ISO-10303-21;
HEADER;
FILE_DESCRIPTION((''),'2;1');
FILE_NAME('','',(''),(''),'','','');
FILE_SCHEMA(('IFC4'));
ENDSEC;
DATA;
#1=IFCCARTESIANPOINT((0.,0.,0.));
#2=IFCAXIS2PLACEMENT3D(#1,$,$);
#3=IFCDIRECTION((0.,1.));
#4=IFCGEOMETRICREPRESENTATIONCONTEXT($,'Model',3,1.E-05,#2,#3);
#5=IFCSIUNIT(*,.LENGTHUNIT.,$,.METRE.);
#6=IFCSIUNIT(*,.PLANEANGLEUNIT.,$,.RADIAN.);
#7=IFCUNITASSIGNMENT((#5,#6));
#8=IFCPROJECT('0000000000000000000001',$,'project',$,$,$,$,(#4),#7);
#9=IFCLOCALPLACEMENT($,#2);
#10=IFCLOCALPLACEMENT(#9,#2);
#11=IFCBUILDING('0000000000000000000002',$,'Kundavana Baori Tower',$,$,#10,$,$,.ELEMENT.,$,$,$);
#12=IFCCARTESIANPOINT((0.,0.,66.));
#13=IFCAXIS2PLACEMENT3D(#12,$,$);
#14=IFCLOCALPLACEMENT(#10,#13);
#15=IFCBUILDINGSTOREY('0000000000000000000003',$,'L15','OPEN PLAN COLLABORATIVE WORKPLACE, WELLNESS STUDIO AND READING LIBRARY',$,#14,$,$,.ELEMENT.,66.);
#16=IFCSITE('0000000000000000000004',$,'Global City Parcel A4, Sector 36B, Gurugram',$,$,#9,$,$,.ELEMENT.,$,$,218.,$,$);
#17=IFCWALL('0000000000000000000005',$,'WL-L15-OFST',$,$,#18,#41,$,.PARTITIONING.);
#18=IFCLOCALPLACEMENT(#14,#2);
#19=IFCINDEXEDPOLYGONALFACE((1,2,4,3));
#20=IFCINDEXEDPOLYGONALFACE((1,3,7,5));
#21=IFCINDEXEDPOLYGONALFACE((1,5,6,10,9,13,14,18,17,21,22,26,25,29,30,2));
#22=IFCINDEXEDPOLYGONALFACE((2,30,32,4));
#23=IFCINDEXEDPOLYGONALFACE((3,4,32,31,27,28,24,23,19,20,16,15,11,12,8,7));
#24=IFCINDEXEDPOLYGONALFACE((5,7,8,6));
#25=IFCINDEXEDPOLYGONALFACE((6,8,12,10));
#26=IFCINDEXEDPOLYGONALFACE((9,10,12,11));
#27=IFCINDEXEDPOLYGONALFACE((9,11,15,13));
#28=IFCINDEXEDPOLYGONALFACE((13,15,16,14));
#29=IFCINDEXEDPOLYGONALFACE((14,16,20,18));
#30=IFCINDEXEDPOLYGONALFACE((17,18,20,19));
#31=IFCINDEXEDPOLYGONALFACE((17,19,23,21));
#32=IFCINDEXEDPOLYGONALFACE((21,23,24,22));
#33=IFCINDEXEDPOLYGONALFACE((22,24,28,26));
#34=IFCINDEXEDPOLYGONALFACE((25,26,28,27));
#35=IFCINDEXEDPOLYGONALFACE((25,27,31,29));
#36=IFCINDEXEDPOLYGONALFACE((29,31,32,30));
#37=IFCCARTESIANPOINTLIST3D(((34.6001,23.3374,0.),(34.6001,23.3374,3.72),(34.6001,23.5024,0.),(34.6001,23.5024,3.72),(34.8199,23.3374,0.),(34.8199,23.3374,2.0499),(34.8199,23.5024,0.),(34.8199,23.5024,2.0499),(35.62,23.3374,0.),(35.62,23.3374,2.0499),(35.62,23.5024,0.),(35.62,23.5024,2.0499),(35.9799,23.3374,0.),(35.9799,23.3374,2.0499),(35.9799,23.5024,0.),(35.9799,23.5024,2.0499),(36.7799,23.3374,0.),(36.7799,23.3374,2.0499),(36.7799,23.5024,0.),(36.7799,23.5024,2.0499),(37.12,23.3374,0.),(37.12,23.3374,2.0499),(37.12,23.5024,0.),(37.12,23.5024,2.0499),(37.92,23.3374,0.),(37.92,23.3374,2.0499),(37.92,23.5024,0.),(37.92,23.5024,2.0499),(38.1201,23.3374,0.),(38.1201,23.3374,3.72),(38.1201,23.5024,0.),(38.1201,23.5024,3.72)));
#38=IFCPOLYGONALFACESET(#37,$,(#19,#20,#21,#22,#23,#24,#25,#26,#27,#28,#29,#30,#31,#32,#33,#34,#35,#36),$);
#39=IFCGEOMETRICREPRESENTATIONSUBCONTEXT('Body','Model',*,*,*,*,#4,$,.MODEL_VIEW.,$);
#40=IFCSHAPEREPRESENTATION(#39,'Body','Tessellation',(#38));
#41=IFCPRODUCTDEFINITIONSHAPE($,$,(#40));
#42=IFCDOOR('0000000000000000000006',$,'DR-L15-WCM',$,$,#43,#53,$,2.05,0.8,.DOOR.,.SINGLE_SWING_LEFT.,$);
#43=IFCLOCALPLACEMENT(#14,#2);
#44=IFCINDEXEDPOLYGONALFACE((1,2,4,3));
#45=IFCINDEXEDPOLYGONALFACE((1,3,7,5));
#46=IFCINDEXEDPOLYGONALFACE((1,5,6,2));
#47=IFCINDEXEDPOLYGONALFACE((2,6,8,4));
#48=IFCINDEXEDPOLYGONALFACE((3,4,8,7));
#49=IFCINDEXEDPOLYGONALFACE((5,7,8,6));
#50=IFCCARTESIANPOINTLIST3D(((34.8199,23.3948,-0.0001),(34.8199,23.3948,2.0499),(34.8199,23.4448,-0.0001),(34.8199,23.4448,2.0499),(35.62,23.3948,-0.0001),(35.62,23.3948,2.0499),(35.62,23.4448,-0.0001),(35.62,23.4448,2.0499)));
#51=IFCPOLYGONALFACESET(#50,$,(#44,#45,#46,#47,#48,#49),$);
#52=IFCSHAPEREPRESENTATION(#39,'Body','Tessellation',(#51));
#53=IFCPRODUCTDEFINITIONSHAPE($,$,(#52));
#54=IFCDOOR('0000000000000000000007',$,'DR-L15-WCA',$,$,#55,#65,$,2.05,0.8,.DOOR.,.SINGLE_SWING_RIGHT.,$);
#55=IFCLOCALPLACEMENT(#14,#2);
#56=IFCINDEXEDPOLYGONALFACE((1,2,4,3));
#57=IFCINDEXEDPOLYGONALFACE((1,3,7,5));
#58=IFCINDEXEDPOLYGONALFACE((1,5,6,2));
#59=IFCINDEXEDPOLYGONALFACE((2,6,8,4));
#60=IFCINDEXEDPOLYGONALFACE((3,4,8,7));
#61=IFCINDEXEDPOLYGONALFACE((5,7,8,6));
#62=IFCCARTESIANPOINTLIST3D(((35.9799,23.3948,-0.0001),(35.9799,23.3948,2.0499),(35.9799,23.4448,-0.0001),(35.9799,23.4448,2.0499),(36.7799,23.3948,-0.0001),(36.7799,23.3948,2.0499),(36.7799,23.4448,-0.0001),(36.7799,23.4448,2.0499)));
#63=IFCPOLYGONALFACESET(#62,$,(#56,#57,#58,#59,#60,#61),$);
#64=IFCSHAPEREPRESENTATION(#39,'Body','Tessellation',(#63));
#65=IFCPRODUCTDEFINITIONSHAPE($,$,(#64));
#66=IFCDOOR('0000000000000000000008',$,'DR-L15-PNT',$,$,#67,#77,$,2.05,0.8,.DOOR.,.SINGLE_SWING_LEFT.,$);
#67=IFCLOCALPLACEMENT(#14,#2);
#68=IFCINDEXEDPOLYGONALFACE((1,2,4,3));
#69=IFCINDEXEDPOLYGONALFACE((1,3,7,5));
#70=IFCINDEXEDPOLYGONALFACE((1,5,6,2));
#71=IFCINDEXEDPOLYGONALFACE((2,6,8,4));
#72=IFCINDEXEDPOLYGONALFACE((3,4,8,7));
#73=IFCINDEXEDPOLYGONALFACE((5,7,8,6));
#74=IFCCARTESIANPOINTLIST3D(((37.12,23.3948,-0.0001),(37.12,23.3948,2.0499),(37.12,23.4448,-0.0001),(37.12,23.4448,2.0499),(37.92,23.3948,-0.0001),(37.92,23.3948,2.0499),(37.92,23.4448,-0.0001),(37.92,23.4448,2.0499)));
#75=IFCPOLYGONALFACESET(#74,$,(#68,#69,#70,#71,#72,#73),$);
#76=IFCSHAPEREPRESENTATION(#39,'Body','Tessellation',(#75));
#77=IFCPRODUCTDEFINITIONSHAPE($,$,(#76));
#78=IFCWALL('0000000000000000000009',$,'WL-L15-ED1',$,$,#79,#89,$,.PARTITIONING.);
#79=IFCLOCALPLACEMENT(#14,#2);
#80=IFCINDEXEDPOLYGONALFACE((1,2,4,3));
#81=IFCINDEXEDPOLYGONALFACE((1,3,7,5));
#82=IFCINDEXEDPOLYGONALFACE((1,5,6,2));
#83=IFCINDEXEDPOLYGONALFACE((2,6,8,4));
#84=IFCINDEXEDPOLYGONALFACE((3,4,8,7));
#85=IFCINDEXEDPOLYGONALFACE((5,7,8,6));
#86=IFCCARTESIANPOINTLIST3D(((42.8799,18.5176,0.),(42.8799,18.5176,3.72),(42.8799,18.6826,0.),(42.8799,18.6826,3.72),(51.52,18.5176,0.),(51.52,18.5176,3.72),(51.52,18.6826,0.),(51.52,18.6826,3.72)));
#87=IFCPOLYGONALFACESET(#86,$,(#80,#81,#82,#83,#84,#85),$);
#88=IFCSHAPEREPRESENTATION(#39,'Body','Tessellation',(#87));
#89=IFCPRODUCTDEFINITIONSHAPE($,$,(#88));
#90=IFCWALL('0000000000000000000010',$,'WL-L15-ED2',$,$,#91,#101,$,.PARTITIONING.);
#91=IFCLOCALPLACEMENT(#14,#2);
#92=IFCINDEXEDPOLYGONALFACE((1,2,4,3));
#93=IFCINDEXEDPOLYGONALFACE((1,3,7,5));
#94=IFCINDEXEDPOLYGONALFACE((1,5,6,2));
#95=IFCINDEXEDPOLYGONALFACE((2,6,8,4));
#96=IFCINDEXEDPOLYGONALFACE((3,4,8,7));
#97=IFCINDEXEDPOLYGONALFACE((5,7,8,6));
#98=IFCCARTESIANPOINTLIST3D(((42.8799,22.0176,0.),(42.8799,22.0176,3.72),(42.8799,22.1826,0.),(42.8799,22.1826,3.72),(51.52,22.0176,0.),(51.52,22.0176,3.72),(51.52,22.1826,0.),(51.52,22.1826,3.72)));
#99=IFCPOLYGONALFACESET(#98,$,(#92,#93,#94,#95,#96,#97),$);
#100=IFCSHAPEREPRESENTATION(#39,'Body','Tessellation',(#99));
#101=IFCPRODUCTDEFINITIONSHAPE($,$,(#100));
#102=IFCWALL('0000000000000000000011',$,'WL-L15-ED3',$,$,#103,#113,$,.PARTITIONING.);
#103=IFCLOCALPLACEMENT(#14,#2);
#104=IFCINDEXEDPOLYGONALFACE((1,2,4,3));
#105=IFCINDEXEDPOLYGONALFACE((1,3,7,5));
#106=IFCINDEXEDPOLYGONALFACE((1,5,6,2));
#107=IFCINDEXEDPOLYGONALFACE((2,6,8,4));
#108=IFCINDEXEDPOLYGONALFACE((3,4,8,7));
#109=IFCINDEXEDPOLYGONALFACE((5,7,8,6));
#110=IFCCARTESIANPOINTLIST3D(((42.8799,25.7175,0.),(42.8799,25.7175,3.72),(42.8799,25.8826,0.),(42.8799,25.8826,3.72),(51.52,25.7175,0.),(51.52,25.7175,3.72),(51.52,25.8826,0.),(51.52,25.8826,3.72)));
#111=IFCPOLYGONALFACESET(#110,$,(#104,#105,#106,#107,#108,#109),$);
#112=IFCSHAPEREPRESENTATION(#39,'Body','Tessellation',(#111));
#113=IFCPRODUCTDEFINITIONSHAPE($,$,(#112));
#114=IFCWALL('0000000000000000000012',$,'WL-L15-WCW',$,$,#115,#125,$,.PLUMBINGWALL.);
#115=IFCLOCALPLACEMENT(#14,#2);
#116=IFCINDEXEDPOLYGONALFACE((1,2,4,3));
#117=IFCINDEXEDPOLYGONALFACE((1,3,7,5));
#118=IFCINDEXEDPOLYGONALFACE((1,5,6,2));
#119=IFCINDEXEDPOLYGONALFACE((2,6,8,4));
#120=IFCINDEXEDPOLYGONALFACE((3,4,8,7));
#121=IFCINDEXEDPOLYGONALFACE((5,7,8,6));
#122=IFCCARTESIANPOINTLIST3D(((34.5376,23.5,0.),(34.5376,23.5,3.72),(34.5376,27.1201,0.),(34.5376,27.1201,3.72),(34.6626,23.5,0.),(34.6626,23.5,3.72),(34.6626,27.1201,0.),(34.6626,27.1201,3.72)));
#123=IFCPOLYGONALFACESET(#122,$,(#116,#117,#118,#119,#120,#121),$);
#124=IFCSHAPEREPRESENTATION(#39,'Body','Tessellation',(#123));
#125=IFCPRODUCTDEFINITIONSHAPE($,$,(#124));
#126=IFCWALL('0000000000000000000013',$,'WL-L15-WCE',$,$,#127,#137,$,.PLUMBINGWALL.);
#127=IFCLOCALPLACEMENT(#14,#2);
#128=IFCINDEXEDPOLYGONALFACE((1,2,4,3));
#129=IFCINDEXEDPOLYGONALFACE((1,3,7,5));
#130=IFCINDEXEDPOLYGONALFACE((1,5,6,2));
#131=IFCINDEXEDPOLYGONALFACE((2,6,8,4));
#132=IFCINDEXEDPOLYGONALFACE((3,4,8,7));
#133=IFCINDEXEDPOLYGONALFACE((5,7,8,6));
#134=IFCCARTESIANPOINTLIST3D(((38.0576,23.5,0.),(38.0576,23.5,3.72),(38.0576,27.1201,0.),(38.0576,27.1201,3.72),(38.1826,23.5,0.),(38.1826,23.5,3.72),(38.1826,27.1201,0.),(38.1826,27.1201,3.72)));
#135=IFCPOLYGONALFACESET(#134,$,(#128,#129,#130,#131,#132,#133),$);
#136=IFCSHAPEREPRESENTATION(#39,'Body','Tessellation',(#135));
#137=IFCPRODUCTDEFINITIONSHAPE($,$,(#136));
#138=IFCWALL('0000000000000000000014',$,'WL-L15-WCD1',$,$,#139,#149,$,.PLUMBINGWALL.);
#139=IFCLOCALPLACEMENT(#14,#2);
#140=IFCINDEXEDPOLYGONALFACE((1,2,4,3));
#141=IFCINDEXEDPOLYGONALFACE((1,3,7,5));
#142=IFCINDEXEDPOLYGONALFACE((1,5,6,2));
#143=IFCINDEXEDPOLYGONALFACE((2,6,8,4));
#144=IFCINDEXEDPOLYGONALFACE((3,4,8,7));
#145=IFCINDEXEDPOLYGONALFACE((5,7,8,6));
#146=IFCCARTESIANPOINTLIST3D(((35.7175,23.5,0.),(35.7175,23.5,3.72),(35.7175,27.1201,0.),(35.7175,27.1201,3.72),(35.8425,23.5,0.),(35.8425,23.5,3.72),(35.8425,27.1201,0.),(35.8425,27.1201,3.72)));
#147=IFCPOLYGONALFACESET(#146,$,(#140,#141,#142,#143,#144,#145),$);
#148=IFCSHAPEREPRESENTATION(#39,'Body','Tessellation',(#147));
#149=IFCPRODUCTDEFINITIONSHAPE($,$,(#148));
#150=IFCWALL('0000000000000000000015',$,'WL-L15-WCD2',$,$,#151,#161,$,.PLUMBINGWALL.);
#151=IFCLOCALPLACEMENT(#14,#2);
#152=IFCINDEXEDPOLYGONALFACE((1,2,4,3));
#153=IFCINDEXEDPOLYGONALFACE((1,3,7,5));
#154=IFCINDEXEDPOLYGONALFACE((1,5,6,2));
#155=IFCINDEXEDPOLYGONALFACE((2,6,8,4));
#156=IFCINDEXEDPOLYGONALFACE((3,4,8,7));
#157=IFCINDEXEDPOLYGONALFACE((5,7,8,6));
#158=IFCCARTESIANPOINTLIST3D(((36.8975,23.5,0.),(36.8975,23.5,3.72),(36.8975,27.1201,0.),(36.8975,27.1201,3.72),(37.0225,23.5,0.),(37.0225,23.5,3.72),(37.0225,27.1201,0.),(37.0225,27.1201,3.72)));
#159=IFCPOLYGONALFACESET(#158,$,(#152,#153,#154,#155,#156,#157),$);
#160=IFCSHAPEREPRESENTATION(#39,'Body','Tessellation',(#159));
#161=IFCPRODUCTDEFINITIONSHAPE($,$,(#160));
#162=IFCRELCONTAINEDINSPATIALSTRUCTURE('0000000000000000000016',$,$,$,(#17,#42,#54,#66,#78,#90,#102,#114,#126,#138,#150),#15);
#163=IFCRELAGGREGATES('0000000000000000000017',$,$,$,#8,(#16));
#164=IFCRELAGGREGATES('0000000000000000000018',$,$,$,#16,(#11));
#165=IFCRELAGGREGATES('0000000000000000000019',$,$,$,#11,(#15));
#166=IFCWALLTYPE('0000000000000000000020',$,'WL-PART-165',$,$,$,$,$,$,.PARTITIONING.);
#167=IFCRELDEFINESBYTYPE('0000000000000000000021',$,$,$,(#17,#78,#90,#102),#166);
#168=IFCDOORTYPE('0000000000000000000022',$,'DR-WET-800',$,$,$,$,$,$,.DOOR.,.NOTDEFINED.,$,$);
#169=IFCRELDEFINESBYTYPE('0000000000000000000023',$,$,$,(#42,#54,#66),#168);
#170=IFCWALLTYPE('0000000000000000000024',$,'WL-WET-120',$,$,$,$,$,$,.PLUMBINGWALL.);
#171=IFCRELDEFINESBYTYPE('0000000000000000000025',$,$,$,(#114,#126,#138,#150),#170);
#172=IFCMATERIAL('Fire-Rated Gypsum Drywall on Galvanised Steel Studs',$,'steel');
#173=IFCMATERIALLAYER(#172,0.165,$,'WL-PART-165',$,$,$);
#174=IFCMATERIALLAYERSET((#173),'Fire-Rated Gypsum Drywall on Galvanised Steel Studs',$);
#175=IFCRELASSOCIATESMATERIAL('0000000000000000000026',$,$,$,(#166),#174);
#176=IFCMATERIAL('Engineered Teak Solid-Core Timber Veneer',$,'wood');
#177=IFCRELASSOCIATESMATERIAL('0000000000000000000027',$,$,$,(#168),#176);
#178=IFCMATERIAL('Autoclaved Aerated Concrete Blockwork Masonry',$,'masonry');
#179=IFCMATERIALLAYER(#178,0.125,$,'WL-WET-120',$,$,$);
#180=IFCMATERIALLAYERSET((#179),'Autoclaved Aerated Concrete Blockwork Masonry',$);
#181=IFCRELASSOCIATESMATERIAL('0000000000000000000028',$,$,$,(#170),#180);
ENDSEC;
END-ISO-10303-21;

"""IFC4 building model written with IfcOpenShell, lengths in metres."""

from ifc_helpers import new_model, si_unit, direction, frame, frame_2d, origin, place, context, subcontext, project, spatial, rectangle, extrude, material, layer, layer_set, type_object, element, fill, save


model = new_model("IFC4")

# Units and contexts
model_context = context("Model", 3, precision=1e-05, world=origin(), true_north=direction((0.0, 1.0)))
body_context = subcontext(model_context, "Body", "Model", "MODEL_VIEW")
ifc_project = project(units=[si_unit("LENGTHUNIT", "METRE"), si_unit("PLANEANGLEUNIT", "RADIAN")], contexts=[model_context])

# Site, building, storey
site_placement = place(None, origin())
site = spatial("IfcSite", under=ifc_project, at=site_placement, Name="Global City Parcel A4, Sector 36B, Gurugram", CompositionType="ELEMENT", RefElevation=218.0)
building_placement = place(site_placement, origin())
building = spatial("IfcBuilding", under=site, at=building_placement, Name="Kundavana Baori Tower", CompositionType="ELEMENT")
storey_placement = place(building_placement, frame((0.0, 0.0, 66.0)))
storey = spatial("IfcBuildingStorey", under=building, at=storey_placement, Name="L15", Description="OPEN PLAN COLLABORATIVE WORKPLACE, WELLNESS STUDIO AND READING LIBRARY", CompositionType="ELEMENT", Elevation=66.0)

# Wall, openings, doors
ifc_material_1 = material(Name="Fire-Rated Gypsum Drywall on Galvanised Steel Studs", Category="steel")
ifc_layer_1 = layer(ifc_material_1, 0.165, Name="WL-PART-165")
ifc_layer_set_1 = layer_set([ifc_layer_1], Name="Fire-Rated Gypsum Drywall on Galvanised Steel Studs")
wall_type_1 = type_object("IfcWallType", Name="WL-PART-165", PredefinedType="PARTITIONING", material=ifc_layer_set_1)
wall_placement = place(storey_placement, frame((34.6001, 23.4199, 0.0), z_axis=(0.0, 0.0, 1.0), x_axis=(1.0, 0.0, 0.0)))
wall = element("IfcWall", 1, at=wall_placement, inside=storey, type_object=wall_type_1, Name="WL-L15-OFST", PredefinedType="PARTITIONING", context=body_context, shape_type="SweptSolid", body=[
    extrude(rectangle(XDim=3.52, YDim=0.165, at=frame_2d((1.76, 0.0))), origin(), (0.0, 0.0, 1.0), 3.72),
])
opening_1_placement = place(wall_placement, frame((0.22, 0.0, 0.0)))
opening_1 = element("IfcOpeningElement", 2, at=opening_1_placement, cuts=wall, PredefinedType="OPENING", context=body_context, shape_type="SweptSolid", body=[
    extrude(rectangle(XDim=0.8, YDim=2.05, at=frame_2d((0.3999, 1.0249))), frame((0.0, 0.0925, 0.0), z_axis=(0.0, -1.0, 0.0), x_axis=(1.0, 0.0, 0.0)), (0.0, 0.0, 1.0), 0.1851),
])
opening_2_placement = place(wall_placement, frame((1.3799, 0.0, 0.0)))
opening_2 = element("IfcOpeningElement", 3, at=opening_2_placement, cuts=wall, PredefinedType="OPENING", context=body_context, shape_type="SweptSolid", body=[
    extrude(rectangle(XDim=0.8, YDim=2.05, at=frame_2d((0.3999, 1.0249))), frame((0.0, 0.0925, 0.0), z_axis=(0.0, -1.0, 0.0), x_axis=(1.0, 0.0, 0.0)), (0.0, 0.0, 1.0), 0.1851),
])
opening_3_placement = place(wall_placement, frame((2.52, 0.0, 0.0)))
opening_3 = element("IfcOpeningElement", 4, at=opening_3_placement, cuts=wall, PredefinedType="OPENING", context=body_context, shape_type="SweptSolid", body=[
    extrude(rectangle(XDim=0.8, YDim=2.05, at=frame_2d((0.3999, 1.0249))), frame((0.0, 0.0925, 0.0), z_axis=(0.0, -1.0, 0.0), x_axis=(1.0, 0.0, 0.0)), (0.0, 0.0, 1.0), 0.1851),
])
ifc_material_2 = material(Name="Engineered Teak Solid-Core Timber Veneer", Category="wood")
door_type = type_object("IfcDoorType", Name="DR-WET-800", OperationType="NOTDEFINED", PredefinedType="DOOR", material=ifc_material_2)
door_1_placement = place(opening_1_placement, origin())
door_1 = element("IfcDoor", 5, at=door_1_placement, inside=storey, type_object=door_type, Name="DR-L15-WCM", OperationType="SINGLE_SWING_LEFT", OverallHeight=2.05, OverallWidth=0.8, PredefinedType="DOOR", context=body_context, shape_type="SweptSolid", body=[
    extrude(rectangle(XDim=0.8, YDim=2.05, at=frame_2d((0.3999, 1.0249))), frame((0.0, 0.0249, 0.0), z_axis=(0.0, -1.0, 0.0), x_axis=(1.0, 0.0, 0.0)), (0.0, 0.0, 1.0), 0.05),
])
fill(opening_1, door_1)
door_2_placement = place(opening_2_placement, origin())
door_2 = element("IfcDoor", 6, at=door_2_placement, inside=storey, type_object=door_type, Name="DR-L15-WCA", OperationType="SINGLE_SWING_RIGHT", OverallHeight=2.05, OverallWidth=0.8, PredefinedType="DOOR", context=body_context, shape_type="SweptSolid", body=[
    extrude(rectangle(XDim=0.8, YDim=2.05, at=frame_2d((0.3999, 1.0249))), frame((0.0, 0.0249, 0.0), z_axis=(0.0, -1.0, 0.0), x_axis=(1.0, 0.0, 0.0)), (0.0, 0.0, 1.0), 0.05),
])
fill(opening_2, door_2)
door_3_placement = place(opening_3_placement, origin())
door_3 = element("IfcDoor", 7, at=door_3_placement, inside=storey, type_object=door_type, Name="DR-L15-PNT", OperationType="SINGLE_SWING_LEFT", OverallHeight=2.05, OverallWidth=0.8, PredefinedType="DOOR", context=body_context, shape_type="SweptSolid", body=[
    extrude(rectangle(XDim=0.8, YDim=2.05, at=frame_2d((0.3999, 1.0249))), frame((0.0, 0.0249, 0.0), z_axis=(0.0, -1.0, 0.0), x_axis=(1.0, 0.0, 0.0)), (0.0, 0.0, 1.0), 0.05),
])
fill(opening_3, door_3)

# Walls
for number, where, z_axis, x_axis, name in (
    (8, (42.8799, 18.6001, 0.0), (0.0, 0.0, 1.0), (1.0, 0.0, 0.0), "WL-L15-ED1"),
    (9, (42.8799, 22.1001, 0.0), (0.0, 0.0, 1.0), (1.0, 0.0, 0.0), "WL-L15-ED2"),
    (10, (42.8799, 25.8, 0.0), (0.0, 0.0, 1.0), (1.0, 0.0, 0.0), "WL-L15-ED3"),
):
    element("IfcWall", number, at=place(storey_placement, frame(where, z_axis=z_axis, x_axis=x_axis)), inside=storey, type_object=wall_type_1, Name=name, PredefinedType="PARTITIONING", context=body_context, shape_type="SweptSolid", body=[
        extrude(rectangle(XDim=8.6401, YDim=0.165, at=frame_2d((4.3201, 0.0))), origin(), (0.0, 0.0, 1.0), 3.72),
    ])
ifc_material_3 = material(Name="Autoclaved Aerated Concrete Blockwork Masonry", Category="masonry")
ifc_layer_2 = layer(ifc_material_3, 0.125, Name="WL-WET-120")
ifc_layer_set_2 = layer_set([ifc_layer_2], Name="Autoclaved Aerated Concrete Blockwork Masonry")
wall_type_2 = type_object("IfcWallType", Name="WL-WET-120", PredefinedType="PLUMBINGWALL", material=ifc_layer_set_2)
for number, where, z_axis, x_axis, name in (
    (11, (34.6001, 23.5, 0.0), (0.0, 0.0, 1.0), (0.0, 1.0, 0.0), "WL-L15-WCW"),
    (12, (38.1201, 23.5, 0.0), (0.0, 0.0, 1.0), (0.0, 1.0, 0.0), "WL-L15-WCE"),
    (13, (35.78, 23.5, 0.0), (0.0, 0.0, 1.0), (0.0, 1.0, 0.0), "WL-L15-WCD1"),
    (14, (36.96, 23.5, 0.0), (0.0, 0.0, 1.0), (0.0, 1.0, 0.0), "WL-L15-WCD2"),
):
    element("IfcWall", number, at=place(storey_placement, frame(where, z_axis=z_axis, x_axis=x_axis)), inside=storey, type_object=wall_type_2, Name=name, PredefinedType="PLUMBINGWALL", context=body_context, shape_type="SweptSolid", body=[
        extrude(rectangle(XDim=3.6201, YDim=0.125, at=frame_2d((1.8101, 0.0))), origin(), (0.0, 0.0, 1.0), 3.72),
    ])

save(model, "model.ifc")
